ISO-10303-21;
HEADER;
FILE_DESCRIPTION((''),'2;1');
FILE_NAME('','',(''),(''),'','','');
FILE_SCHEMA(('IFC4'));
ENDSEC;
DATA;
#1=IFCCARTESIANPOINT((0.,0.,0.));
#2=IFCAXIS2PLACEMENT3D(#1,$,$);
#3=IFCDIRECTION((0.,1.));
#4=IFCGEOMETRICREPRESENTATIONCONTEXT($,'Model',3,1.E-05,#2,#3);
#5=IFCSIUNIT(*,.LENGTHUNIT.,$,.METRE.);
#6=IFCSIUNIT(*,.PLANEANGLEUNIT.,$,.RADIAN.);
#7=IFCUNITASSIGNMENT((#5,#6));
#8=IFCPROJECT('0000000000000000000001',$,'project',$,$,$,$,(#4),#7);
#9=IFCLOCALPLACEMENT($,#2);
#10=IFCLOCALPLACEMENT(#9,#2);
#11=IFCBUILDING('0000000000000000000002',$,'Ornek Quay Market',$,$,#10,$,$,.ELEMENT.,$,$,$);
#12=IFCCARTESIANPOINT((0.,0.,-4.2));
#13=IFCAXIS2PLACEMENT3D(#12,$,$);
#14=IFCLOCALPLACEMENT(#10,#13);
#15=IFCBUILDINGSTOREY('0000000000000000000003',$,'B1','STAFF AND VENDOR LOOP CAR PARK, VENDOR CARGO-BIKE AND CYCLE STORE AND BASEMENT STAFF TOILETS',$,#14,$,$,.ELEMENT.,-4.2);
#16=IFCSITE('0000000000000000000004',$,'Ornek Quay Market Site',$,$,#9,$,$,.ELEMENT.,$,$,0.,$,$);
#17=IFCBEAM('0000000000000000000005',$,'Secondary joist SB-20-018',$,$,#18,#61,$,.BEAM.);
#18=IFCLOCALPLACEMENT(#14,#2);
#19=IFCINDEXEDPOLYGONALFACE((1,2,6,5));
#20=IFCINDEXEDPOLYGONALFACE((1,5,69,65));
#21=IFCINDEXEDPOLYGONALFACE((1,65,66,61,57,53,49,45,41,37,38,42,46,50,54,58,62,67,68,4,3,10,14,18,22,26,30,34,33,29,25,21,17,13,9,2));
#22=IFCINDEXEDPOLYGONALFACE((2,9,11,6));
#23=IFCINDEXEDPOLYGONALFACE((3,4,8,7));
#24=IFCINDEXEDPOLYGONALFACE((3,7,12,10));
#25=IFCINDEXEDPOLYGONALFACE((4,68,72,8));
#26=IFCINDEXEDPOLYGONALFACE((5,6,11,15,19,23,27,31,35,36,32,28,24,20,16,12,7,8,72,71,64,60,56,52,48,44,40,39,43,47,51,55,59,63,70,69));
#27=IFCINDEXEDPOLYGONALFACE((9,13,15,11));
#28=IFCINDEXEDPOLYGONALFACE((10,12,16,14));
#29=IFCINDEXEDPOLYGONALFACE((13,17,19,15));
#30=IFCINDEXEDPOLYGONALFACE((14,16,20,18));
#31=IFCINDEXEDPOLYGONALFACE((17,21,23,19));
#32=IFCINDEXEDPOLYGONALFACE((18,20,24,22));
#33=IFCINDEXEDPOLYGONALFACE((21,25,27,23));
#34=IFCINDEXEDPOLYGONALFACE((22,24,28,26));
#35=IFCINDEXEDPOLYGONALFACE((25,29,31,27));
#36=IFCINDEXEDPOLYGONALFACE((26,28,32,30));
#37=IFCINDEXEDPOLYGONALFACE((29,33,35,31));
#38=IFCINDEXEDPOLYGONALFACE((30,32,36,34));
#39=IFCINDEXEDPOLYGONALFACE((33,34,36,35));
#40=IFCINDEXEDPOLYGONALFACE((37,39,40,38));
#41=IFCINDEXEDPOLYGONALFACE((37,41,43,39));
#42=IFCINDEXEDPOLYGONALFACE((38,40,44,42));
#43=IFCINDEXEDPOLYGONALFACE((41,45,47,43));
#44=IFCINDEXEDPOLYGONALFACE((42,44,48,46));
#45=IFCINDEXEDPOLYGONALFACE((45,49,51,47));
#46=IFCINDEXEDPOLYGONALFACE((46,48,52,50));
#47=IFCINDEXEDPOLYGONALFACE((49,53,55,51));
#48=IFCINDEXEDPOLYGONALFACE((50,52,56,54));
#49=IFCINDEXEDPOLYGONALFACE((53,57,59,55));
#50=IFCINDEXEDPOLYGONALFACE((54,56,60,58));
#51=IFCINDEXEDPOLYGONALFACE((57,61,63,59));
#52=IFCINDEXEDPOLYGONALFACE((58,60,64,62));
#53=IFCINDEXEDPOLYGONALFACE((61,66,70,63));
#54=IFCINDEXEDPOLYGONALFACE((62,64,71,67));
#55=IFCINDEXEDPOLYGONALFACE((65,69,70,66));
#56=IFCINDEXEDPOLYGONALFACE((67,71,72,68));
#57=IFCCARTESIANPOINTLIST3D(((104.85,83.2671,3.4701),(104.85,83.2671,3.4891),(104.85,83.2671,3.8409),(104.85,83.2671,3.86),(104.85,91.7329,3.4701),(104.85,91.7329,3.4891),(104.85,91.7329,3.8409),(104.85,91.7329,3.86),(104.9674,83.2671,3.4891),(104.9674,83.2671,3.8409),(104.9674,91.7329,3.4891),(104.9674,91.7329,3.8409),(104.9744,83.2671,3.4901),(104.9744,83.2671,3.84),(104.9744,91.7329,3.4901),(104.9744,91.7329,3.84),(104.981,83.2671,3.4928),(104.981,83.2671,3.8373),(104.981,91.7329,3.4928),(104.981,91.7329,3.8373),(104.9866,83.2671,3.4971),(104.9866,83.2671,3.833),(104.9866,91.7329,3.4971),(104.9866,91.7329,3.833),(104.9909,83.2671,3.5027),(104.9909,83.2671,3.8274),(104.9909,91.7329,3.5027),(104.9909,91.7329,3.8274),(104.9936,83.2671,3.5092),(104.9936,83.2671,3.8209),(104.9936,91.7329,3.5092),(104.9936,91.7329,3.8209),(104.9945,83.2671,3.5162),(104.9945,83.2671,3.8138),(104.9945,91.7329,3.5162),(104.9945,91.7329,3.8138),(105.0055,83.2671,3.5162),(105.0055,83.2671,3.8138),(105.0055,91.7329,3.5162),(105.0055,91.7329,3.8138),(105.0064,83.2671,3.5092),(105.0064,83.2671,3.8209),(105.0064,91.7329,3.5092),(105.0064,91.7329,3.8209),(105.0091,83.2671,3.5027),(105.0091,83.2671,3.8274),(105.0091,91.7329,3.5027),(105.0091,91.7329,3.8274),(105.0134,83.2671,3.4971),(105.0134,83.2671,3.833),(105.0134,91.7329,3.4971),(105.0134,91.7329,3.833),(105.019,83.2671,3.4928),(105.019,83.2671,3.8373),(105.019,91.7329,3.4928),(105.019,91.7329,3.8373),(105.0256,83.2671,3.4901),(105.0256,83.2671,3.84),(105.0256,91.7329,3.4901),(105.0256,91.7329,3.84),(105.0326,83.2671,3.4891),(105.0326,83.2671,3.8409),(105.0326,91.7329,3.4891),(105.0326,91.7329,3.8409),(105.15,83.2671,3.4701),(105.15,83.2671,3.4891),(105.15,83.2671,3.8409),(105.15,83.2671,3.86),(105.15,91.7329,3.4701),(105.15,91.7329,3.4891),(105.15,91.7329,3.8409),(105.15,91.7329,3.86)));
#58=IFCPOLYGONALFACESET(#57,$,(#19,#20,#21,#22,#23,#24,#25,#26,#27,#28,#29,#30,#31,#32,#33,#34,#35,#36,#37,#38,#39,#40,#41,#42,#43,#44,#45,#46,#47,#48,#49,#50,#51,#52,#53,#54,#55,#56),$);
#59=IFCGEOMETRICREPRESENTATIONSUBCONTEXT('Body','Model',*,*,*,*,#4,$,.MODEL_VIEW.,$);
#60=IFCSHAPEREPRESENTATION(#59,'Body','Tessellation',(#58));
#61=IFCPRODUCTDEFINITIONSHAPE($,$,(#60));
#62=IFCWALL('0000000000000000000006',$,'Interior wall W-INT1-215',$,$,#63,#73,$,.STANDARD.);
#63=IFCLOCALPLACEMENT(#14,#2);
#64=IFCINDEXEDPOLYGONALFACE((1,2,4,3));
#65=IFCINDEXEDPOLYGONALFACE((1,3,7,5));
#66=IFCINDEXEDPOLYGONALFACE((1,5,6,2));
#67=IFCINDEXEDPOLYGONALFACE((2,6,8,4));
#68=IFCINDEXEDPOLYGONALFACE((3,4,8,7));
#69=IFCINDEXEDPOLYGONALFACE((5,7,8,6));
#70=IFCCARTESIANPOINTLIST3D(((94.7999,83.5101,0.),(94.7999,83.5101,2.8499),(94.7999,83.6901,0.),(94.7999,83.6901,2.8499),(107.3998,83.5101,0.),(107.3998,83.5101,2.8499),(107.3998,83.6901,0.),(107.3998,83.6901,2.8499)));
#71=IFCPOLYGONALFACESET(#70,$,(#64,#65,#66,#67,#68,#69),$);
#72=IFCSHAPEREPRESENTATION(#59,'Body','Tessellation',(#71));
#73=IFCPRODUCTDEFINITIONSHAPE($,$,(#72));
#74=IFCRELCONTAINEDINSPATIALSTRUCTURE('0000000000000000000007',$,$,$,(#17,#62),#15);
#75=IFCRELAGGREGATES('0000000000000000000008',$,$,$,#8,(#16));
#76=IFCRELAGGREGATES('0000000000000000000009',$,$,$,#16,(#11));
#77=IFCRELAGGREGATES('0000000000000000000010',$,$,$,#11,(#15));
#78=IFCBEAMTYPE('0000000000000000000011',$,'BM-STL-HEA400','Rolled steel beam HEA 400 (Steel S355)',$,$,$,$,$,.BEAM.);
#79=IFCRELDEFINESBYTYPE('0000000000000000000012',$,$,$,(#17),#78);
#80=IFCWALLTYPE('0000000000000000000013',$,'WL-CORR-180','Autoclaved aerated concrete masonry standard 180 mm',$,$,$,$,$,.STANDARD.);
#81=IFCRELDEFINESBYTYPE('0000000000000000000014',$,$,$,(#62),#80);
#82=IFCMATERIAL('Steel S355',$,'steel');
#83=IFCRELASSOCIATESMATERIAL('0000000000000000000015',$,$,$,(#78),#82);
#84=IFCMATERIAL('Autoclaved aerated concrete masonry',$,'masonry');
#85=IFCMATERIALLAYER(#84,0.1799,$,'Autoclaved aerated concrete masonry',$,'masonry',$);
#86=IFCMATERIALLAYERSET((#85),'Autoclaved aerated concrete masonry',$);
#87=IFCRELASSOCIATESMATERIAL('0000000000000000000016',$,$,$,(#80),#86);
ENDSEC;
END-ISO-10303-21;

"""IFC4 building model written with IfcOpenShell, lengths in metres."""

from ifc_helpers import new_model, si_unit, direction, frame, frame_2d, origin, origin_2d, place, context, subcontext, project, spatial, rectangle, i_section, extrude, material, layer, layer_set, material_profile, profile_set, type_object, element, save


model = new_model("IFC4")

# Units and contexts
model_context = context("Model", 3, precision=1e-05, world=origin(), true_north=direction((0.0, 1.0)))
body_context = subcontext(model_context, "Body", "Model", "MODEL_VIEW")
ifc_project = project(units=[si_unit("LENGTHUNIT", "METRE"), si_unit("PLANEANGLEUNIT", "RADIAN")], contexts=[model_context])

# Site, building, storey
site_placement = place(None, origin())
site = spatial("IfcSite", under=ifc_project, at=site_placement, Name="Ornek Quay Market Site", CompositionType="ELEMENT", RefElevation=0.0)
building_placement = place(site_placement, origin())
building = spatial("IfcBuilding", under=site, at=building_placement, Name="Ornek Quay Market", CompositionType="ELEMENT")
storey_placement = place(building_placement, frame((0.0, 0.0, -4.2)))
storey = spatial("IfcBuildingStorey", under=building, at=storey_placement, Name="B1", Description="STAFF AND VENDOR LOOP CAR PARK, VENDOR CARGO-BIKE AND CYCLE STORE AND BASEMENT STAFF TOILETS", CompositionType="ELEMENT", Elevation=-4.2)

# Beam
ifc_material_1 = material(Name="Steel S355", Category="steel")
ifc_material_profile_1 = material_profile(ifc_material_1, i_section(OverallWidth=0.3, OverallDepth=0.3899, WebThickness=0.011, FlangeThickness=0.019, FilletRadius=0.0271, at=origin_2d()), Name="HEA 400", Category="steel")
ifc_profile_set_1 = profile_set([ifc_material_profile_1], Name="Steel S355")
beam_type_1 = type_object("IfcBeamType", Name="BM-STL-HEA400", Description="Rolled steel beam HEA 400 (Steel S355)", PredefinedType="BEAM", material=ifc_profile_set_1)
for number, where, z_axis, x_axis, name in (
    (1, (105.0, 83.2671, 3.665), (0.0, 1.0, 0.0), (-1.0, 0.0, 0.0), "Secondary joist SB-20-018"),
):
    element("IfcBeam", number, at=place(storey_placement, frame(where, z_axis=z_axis, x_axis=x_axis)), inside=storey, type_object=beam_type_1, Name=name, PredefinedType="BEAM", context=body_context, shape_type="SweptSolid", body=[
        extrude(i_section(OverallWidth=0.3, OverallDepth=0.3899, WebThickness=0.011, FlangeThickness=0.019, FilletRadius=0.0271, at=origin_2d()), origin(), (0.0, 0.0, 1.0), 8.4658),
    ])

# Wall
ifc_material_2 = material(Name="Autoclaved aerated concrete masonry", Category="masonry")
ifc_layer = layer(ifc_material_2, 0.1799, Name="Autoclaved aerated concrete masonry", Category="masonry")
ifc_layer_set = layer_set([ifc_layer], Name="Autoclaved aerated concrete masonry")
wall_type = type_object("IfcWallType", Name="WL-CORR-180", Description="Autoclaved aerated concrete masonry standard 180 mm", PredefinedType="STANDARD", material=ifc_layer_set)
wall_placement = place(storey_placement, frame((94.8, 83.6001, 0.0), z_axis=(0.0, 0.0, 1.0), x_axis=(1.0, 0.0, 0.0)))
element("IfcWall", 2, at=wall_placement, inside=storey, type_object=wall_type, Name="Interior wall W-INT1-215", PredefinedType="STANDARD", context=body_context, shape_type="SweptSolid", body=[
    extrude(rectangle(XDim=12.5999, YDim=0.1799, at=frame_2d((6.2998, 0.0))), origin(), (0.0, 0.0, 1.0), 2.8499),
])

save(model, "model.ifc")
